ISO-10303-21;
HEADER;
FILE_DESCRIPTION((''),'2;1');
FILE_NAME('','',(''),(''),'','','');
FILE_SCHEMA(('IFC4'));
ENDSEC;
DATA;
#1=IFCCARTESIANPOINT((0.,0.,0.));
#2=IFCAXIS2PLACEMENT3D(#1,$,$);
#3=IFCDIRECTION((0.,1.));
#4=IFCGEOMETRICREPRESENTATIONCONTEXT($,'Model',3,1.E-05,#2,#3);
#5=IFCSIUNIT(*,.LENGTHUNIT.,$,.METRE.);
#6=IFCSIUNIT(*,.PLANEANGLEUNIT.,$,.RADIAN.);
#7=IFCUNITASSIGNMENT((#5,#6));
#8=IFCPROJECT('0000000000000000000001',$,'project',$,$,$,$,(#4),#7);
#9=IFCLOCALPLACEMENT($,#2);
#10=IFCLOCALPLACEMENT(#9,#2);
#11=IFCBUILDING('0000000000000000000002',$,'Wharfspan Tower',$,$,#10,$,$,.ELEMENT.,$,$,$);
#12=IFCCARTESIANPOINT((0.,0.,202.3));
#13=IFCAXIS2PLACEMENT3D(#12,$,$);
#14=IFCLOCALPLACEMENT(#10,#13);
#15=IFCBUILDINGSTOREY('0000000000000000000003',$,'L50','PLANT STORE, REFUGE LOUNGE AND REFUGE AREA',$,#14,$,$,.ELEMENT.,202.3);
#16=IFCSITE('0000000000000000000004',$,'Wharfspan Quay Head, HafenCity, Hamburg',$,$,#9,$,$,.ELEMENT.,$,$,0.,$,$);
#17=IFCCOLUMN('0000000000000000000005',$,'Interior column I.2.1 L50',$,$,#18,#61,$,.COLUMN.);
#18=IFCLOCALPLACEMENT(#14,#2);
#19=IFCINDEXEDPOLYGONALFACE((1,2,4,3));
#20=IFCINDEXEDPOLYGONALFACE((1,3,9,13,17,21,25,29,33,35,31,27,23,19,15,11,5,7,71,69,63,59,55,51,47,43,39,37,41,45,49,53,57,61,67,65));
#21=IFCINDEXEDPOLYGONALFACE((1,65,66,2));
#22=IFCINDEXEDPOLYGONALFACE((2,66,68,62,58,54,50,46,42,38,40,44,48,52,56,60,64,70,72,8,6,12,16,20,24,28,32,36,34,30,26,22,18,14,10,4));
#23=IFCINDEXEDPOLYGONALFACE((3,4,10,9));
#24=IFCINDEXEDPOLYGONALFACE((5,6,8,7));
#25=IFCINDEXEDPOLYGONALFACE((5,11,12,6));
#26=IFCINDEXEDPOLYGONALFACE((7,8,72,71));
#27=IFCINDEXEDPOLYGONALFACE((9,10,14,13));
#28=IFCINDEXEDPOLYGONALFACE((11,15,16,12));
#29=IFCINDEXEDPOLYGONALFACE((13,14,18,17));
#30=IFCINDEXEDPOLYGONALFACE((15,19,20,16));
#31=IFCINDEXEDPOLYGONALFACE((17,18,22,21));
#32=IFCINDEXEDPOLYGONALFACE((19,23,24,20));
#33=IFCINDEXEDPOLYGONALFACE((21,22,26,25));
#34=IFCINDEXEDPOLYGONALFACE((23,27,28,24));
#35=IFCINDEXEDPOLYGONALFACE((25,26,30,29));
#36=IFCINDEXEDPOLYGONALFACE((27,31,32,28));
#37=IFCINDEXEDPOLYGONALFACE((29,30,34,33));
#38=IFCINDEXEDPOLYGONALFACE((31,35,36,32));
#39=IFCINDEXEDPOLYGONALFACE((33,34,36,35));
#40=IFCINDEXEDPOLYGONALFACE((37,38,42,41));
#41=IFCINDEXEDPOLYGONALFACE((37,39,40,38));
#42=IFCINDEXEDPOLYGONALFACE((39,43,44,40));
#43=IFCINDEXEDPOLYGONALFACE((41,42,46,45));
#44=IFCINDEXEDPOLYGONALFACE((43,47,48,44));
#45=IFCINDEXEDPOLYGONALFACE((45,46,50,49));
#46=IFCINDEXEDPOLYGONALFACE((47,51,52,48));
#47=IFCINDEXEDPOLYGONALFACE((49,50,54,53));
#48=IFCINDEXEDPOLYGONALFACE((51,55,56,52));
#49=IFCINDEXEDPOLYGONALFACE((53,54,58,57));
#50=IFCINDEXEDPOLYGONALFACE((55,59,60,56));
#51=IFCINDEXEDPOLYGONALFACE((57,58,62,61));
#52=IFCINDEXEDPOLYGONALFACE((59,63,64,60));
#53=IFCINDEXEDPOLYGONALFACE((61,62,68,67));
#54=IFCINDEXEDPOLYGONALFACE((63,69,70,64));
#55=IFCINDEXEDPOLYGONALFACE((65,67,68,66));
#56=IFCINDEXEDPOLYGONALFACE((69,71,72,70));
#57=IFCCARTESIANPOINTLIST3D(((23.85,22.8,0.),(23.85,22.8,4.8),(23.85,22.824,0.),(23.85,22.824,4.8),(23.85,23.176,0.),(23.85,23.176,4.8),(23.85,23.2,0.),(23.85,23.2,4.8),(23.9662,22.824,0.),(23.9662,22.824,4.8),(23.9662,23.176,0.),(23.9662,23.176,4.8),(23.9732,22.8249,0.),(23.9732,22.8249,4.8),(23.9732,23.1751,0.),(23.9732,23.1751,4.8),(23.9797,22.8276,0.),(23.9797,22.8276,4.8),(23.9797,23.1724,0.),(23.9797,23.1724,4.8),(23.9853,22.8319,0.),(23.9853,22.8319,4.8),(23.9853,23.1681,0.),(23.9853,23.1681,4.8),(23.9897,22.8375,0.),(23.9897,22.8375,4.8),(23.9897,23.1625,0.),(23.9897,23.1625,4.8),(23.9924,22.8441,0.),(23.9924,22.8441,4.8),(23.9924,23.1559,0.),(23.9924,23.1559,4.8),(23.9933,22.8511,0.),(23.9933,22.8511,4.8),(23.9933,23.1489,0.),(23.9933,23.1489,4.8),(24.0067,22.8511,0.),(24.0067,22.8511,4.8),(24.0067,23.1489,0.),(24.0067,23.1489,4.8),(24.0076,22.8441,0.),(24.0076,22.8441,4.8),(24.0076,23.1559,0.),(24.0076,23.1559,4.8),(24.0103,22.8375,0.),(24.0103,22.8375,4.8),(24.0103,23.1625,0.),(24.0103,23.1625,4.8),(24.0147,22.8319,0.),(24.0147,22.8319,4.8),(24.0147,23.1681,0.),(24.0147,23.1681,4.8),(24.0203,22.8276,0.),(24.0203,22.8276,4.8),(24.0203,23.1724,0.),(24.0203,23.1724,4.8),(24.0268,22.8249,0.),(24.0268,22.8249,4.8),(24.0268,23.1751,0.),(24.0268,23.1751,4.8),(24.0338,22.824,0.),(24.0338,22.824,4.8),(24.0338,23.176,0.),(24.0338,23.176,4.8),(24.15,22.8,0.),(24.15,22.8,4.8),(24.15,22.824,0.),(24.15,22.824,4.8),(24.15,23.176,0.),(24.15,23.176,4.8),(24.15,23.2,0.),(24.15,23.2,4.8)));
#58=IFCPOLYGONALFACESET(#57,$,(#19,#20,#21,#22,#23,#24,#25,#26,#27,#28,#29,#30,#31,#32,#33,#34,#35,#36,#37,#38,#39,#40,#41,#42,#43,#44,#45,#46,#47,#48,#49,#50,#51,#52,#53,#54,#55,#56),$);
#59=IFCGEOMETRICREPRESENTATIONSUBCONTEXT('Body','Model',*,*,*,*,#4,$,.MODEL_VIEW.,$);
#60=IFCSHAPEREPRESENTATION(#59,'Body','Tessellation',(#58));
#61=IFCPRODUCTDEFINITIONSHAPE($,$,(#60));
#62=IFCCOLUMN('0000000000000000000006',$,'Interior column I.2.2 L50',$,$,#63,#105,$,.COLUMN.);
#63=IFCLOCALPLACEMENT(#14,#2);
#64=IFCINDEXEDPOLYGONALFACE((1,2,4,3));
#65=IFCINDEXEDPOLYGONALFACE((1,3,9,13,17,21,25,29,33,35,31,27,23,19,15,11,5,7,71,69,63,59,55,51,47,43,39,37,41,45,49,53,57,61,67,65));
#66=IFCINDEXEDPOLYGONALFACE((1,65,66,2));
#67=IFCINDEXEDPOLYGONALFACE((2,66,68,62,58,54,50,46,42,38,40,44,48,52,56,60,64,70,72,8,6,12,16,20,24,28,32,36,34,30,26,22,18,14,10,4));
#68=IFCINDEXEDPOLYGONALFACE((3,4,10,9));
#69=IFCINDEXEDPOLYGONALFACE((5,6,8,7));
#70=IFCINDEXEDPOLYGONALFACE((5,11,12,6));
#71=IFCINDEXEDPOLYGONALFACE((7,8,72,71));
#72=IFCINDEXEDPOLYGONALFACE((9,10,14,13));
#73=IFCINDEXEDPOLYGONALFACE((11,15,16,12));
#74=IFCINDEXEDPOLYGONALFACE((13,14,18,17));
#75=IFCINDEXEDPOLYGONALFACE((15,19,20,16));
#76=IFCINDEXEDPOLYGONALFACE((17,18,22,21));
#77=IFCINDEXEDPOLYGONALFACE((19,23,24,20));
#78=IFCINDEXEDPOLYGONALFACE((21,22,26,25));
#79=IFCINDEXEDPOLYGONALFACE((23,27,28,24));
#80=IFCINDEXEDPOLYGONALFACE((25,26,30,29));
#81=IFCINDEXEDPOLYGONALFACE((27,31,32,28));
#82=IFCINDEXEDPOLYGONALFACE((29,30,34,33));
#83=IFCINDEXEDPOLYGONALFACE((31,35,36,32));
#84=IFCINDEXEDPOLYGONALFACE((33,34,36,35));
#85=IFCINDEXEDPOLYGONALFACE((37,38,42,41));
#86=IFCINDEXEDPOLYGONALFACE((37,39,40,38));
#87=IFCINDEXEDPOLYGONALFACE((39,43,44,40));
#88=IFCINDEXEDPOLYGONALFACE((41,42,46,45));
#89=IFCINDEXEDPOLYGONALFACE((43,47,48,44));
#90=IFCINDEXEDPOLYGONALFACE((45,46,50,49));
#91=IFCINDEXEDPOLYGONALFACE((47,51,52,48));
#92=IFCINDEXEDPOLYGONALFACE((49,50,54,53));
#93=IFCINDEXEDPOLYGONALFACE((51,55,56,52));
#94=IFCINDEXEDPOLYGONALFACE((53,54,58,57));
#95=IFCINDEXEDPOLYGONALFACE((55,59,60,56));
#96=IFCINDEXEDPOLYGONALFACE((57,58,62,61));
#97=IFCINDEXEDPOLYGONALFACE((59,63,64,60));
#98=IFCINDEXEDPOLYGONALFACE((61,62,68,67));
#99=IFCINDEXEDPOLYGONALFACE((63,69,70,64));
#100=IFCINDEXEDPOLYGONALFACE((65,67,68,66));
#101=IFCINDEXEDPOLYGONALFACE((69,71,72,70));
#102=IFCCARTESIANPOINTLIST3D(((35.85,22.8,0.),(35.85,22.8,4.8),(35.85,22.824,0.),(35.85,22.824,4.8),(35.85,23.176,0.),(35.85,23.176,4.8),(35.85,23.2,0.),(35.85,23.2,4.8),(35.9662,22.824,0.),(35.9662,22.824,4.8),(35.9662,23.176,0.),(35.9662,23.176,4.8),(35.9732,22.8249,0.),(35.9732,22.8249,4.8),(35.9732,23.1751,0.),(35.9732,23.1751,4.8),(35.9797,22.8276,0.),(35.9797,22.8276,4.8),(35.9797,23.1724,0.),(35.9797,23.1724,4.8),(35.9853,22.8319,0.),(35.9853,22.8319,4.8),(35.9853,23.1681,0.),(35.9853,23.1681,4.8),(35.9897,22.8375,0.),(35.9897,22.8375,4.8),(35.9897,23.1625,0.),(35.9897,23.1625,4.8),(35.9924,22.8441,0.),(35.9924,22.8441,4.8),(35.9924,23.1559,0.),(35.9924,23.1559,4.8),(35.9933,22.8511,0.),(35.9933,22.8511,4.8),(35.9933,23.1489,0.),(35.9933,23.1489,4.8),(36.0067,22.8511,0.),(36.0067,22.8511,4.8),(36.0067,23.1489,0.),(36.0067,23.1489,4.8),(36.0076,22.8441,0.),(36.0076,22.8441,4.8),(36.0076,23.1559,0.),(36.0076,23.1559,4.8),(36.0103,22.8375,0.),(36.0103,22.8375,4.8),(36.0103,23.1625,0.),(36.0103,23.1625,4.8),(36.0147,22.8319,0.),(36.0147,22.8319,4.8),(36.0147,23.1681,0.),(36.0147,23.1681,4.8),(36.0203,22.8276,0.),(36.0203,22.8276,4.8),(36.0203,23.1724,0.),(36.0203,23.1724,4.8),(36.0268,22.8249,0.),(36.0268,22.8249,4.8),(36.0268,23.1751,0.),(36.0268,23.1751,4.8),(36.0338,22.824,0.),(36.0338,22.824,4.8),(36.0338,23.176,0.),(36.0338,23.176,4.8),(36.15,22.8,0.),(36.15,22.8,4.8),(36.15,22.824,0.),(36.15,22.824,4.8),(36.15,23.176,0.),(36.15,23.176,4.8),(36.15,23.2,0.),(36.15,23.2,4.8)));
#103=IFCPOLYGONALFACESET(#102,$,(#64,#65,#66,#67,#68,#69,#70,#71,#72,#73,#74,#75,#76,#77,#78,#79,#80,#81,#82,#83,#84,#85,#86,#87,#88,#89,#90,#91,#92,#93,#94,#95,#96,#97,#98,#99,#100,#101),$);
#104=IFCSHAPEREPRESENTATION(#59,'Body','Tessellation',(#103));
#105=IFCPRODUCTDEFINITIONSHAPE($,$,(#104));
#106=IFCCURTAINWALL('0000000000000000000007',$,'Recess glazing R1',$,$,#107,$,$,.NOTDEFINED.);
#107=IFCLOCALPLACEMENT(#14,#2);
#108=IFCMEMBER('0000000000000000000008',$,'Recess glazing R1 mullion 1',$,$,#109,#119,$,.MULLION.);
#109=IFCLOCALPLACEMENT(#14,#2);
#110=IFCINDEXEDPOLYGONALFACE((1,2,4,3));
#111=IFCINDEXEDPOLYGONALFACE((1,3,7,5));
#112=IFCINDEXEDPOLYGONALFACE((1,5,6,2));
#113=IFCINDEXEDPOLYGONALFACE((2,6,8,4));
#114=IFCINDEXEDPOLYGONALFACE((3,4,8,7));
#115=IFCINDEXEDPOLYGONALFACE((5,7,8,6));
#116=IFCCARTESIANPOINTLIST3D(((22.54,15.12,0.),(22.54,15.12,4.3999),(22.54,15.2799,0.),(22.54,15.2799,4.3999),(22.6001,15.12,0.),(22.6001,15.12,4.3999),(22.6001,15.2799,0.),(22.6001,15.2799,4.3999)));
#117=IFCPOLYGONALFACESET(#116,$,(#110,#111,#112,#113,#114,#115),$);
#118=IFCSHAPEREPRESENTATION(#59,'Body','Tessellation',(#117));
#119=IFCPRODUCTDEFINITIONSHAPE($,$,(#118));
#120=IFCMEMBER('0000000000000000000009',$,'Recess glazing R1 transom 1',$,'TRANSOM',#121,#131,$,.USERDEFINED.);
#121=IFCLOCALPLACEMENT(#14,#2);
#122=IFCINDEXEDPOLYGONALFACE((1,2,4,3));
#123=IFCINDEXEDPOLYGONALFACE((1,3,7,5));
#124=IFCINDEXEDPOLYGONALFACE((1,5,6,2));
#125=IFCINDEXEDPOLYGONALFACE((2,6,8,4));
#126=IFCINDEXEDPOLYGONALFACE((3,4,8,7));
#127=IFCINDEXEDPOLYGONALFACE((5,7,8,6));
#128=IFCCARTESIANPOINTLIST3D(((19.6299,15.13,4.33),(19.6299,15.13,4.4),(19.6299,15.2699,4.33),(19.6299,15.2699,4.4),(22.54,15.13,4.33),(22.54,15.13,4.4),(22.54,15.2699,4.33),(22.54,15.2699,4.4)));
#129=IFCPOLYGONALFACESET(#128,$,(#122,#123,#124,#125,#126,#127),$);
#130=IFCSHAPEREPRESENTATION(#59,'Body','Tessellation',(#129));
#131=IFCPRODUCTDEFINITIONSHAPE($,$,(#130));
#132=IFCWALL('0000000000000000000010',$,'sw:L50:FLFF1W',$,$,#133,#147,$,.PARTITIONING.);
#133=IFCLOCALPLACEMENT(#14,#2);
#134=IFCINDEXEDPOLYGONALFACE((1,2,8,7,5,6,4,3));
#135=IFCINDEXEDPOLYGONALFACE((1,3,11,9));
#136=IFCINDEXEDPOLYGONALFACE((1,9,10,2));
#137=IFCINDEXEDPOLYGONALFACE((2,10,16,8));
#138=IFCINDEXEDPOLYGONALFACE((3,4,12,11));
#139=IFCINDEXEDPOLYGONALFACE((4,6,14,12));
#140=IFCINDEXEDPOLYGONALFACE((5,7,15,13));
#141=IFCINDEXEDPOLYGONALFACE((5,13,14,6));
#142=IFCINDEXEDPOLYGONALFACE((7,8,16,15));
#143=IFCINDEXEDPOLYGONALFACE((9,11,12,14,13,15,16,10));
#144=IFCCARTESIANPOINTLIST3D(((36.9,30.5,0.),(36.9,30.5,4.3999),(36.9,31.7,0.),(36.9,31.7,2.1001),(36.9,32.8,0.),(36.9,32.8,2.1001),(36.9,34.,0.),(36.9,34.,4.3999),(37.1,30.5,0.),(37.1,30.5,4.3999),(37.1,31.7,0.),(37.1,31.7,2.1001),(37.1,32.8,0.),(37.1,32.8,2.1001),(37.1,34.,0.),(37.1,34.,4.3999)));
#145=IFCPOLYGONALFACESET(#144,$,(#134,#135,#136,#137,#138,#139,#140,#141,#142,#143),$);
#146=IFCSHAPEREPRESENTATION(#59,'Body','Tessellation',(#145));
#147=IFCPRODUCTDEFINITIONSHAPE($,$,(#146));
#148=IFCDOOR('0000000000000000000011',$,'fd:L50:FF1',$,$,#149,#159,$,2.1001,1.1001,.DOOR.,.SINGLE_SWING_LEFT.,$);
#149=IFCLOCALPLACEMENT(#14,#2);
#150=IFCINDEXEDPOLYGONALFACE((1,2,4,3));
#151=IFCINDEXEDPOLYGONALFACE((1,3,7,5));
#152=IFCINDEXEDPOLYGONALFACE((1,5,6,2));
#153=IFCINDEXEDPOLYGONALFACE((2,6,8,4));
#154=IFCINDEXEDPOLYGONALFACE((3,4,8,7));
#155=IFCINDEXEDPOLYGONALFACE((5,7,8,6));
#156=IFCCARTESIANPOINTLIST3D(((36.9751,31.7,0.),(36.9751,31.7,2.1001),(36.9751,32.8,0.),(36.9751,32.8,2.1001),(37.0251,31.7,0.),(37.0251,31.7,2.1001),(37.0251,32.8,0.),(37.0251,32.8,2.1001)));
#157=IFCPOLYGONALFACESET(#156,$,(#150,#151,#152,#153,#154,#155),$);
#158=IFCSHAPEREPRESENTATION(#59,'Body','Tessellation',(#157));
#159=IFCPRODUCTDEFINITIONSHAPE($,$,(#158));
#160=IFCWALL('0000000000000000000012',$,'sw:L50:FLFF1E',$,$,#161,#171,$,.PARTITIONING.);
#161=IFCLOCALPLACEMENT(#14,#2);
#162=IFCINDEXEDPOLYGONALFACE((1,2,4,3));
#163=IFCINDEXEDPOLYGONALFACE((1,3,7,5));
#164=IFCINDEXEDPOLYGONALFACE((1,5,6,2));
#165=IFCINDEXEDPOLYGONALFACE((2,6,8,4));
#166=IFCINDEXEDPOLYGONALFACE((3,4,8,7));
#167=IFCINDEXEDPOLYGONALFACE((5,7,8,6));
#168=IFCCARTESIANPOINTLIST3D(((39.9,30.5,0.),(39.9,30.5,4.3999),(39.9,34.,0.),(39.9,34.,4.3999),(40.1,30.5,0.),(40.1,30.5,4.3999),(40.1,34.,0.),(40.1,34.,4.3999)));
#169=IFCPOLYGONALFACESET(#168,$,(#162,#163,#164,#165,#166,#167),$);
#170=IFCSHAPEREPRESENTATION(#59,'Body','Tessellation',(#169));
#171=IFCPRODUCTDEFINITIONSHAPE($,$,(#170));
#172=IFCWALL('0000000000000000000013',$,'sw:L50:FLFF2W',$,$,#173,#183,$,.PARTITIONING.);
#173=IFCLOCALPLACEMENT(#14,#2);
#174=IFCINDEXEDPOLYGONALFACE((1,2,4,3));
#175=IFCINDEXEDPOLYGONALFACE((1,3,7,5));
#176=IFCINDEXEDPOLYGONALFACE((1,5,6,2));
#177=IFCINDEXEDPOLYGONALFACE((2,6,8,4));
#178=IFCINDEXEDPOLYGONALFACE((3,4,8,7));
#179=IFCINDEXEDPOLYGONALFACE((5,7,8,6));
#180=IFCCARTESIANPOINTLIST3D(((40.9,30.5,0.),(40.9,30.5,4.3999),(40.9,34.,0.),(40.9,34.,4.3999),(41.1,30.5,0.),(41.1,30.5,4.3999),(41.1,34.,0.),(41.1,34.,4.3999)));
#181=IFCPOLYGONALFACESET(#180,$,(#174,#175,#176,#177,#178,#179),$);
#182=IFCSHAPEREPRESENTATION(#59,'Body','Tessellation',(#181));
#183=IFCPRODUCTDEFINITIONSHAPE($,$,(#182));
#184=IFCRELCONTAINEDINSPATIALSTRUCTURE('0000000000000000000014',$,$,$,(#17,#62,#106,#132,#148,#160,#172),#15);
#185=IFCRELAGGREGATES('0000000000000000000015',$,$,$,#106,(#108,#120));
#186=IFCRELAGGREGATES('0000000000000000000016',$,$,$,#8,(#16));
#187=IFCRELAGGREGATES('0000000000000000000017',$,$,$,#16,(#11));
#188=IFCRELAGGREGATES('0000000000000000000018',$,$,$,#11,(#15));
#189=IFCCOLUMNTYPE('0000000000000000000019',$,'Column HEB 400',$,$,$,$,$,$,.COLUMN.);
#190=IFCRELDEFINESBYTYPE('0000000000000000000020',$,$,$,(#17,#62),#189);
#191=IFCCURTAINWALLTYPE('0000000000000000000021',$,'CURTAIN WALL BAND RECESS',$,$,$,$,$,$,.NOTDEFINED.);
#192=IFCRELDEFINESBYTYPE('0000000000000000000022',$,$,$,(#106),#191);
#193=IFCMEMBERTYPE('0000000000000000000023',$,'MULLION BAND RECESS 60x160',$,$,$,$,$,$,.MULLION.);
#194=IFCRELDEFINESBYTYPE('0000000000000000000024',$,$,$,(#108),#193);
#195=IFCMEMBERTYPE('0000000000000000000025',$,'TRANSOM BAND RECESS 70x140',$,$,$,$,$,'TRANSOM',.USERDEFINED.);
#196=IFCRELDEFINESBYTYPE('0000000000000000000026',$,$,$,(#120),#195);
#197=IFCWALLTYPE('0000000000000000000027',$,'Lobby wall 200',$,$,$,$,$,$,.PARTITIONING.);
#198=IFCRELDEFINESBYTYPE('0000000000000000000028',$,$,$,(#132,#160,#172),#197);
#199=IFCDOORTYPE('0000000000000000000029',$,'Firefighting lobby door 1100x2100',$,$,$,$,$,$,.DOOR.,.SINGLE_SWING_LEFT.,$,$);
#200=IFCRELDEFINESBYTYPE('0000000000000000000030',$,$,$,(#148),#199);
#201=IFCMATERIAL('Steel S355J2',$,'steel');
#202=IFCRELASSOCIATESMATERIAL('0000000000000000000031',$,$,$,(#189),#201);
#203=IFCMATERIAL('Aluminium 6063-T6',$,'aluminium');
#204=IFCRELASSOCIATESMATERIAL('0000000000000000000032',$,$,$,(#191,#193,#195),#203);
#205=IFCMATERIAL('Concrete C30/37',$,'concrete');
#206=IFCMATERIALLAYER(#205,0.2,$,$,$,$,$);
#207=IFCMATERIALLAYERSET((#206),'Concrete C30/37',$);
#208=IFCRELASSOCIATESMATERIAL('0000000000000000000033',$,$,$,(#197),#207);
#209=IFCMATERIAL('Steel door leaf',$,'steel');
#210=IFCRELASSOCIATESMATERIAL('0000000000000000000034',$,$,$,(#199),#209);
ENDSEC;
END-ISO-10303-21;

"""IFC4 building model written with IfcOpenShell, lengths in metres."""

from ifc_helpers import new_model, si_unit, direction, frame, frame_2d, origin, origin_2d, place, context, subcontext, project, spatial, rectangle, i_section, extrude, material, layer, layer_set, material_profile, profile_set, type_object, element, fill, aggregate, save


model = new_model("IFC4")

# Units and contexts
model_context = context("Model", 3, precision=1e-05, world=origin(), true_north=direction((0.0, 1.0)))
body_context = subcontext(model_context, "Body", "Model", "MODEL_VIEW")
ifc_project = project(units=[si_unit("LENGTHUNIT", "METRE"), si_unit("PLANEANGLEUNIT", "RADIAN")], contexts=[model_context])

# Site, building, storey
site_placement = place(None, origin())
site = spatial("IfcSite", under=ifc_project, at=site_placement, Name="Wharfspan Quay Head, HafenCity, Hamburg", CompositionType="ELEMENT", RefElevation=0.0)
building_placement = place(site_placement, origin())
building = spatial("IfcBuilding", under=site, at=building_placement, Name="Wharfspan Tower", CompositionType="ELEMENT")
storey_placement = place(building_placement, frame((0.0, 0.0, 202.3)))
storey = spatial("IfcBuildingStorey", under=building, at=storey_placement, Name="L50", Description="PLANT STORE, REFUGE LOUNGE AND REFUGE AREA", CompositionType="ELEMENT", Elevation=202.3)

# Columns
ifc_material_1 = material(Name="Steel S355J2", Category="steel")
ifc_material_profile_1 = material_profile(ifc_material_1, i_section(OverallWidth=0.3, OverallDepth=0.3999, WebThickness=0.0134, FlangeThickness=0.0239, FilletRadius=0.0271, at=origin_2d()))
ifc_profile_set_1 = profile_set([ifc_material_profile_1], Name="Steel S355J2")
column_type = type_object("IfcColumnType", Name="Column HEB 400", PredefinedType="COLUMN", material=ifc_profile_set_1)
for number, where, z_axis, x_axis, name in (
    (1, (24.0, 23.0, 0.0), (0.0, 0.0, 1.0), (1.0, 0.0, 0.0), "Interior column I.2.1 L50"),
    (2, (36.0, 23.0, 0.0), (0.0, 0.0, 1.0), (1.0, 0.0, 0.0), "Interior column I.2.2 L50"),
):
    element("IfcColumn", number, at=place(storey_placement, frame(where, z_axis=z_axis, x_axis=x_axis)), inside=storey, type_object=column_type, Name=name, PredefinedType="COLUMN", context=body_context, shape_type="SweptSolid", body=[
        extrude(i_section(OverallWidth=0.3, OverallDepth=0.3999, WebThickness=0.0134, FlangeThickness=0.0239, FilletRadius=0.0271, at=origin_2d()), origin(), (0.0, 0.0, 1.0), 4.8),
    ])

# Curtain wall, members
ifc_material_2 = material(Name="Aluminium 6063-T6", Category="aluminium")
curtain_wall_type = type_object("IfcCurtainWallType", Name="CURTAIN WALL BAND RECESS", PredefinedType="NOTDEFINED", material=ifc_material_2)
curtain_wall_placement = place(storey_placement, origin())
curtain_wall = element("IfcCurtainWall", 3, at=curtain_wall_placement, inside=storey, type_object=curtain_wall_type, Name="Recess glazing R1", PredefinedType="NOTDEFINED")
ifc_material_profile_2 = material_profile(ifc_material_2, rectangle(XDim=0.1599, YDim=0.0601, at=origin_2d()))
ifc_profile_set_2 = profile_set([ifc_material_profile_2], Name="Aluminium 6063-T6")
member_type_1 = type_object("IfcMemberType", Name="MULLION BAND RECESS 60x160", PredefinedType="MULLION", material=ifc_profile_set_2)
member_1_placement = place(storey_placement, frame((22.5701, 15.2, 0.0), z_axis=(0.0, 0.0, 1.0), x_axis=(0.0, -1.0, 0.0)))
member_1 = element("IfcMember", 4, at=member_1_placement, type_object=member_type_1, Name="Recess glazing R1 mullion 1", PredefinedType="MULLION", context=body_context, shape_type="SweptSolid", body=[
    extrude(rectangle(XDim=0.1599, YDim=0.0601, at=origin_2d()), origin(), (0.0, 0.0, 1.0), 4.3999),
])
ifc_material_profile_3 = material_profile(ifc_material_2, rectangle(XDim=0.1399, YDim=0.0701, at=origin_2d()))
ifc_profile_set_3 = profile_set([ifc_material_profile_3], Name="Aluminium 6063-T6")
member_type_2 = type_object("IfcMemberType", Name="TRANSOM BAND RECESS 70x140", ElementType="TRANSOM", PredefinedType="USERDEFINED", material=ifc_profile_set_3)
member_2_placement = place(storey_placement, frame((22.54, 15.2, 4.365), z_axis=(-1.0, 0.0, 0.0), x_axis=(0.0, -1.0, 0.0)))
member_2 = element("IfcMember", 5, at=member_2_placement, type_object=member_type_2, Name="Recess glazing R1 transom 1", ObjectType="TRANSOM", PredefinedType="USERDEFINED", context=body_context, shape_type="SweptSolid", body=[
    extrude(rectangle(XDim=0.1399, YDim=0.0701, at=origin_2d()), origin(), (0.0, 0.0, 1.0), 2.9102),
])
aggregate(curtain_wall, [member_1, member_2])

# Wall, opening, door
ifc_material_3 = material(Name="Concrete C30/37", Category="concrete")
ifc_layer_1 = layer(ifc_material_3, 0.2)
ifc_layer_set_1 = layer_set([ifc_layer_1], Name="Concrete C30/37")
wall_type_1 = type_object("IfcWallType", Name="Lobby wall 200", PredefinedType="PARTITIONING", material=ifc_layer_set_1)
wall_1_placement = place(storey_placement, frame((37.0, 30.5, 0.0), z_axis=(0.0, 0.0, 1.0), x_axis=(0.0, 1.0, 0.0)))
wall_1 = element("IfcWall", 6, at=wall_1_placement, inside=storey, type_object=wall_type_1, Name="sw:L50:FLFF1W", PredefinedType="PARTITIONING", context=body_context, shape_type="SweptSolid", body=[
    extrude(rectangle(XDim=3.5, YDim=0.2, at=frame_2d((1.75, 0.0))), origin(), (0.0, 0.0, 1.0), 4.3999),
])
opening_1_placement = place(wall_1_placement, frame((1.2, 0.0, 0.0)))
opening_1 = element("IfcOpeningElement", 7, at=opening_1_placement, cuts=wall_1, PredefinedType="OPENING", context=body_context, shape_type="SweptSolid", body=[
    extrude(rectangle(XDim=1.1001, YDim=2.1001, at=frame_2d((0.55, 1.05))), frame((0.0, 0.1099, 0.0), z_axis=(0.0, -1.0, 0.0), x_axis=(1.0, 0.0, 0.0)), (0.0, 0.0, 1.0), 0.22),
])
ifc_material_4 = material(Name="Steel door leaf", Category="steel")
door_type_1 = type_object("IfcDoorType", Name="Firefighting lobby door 1100x2100", OperationType="SINGLE_SWING_LEFT", PredefinedType="DOOR", material=ifc_material_4)
door_1_placement = place(opening_1_placement, origin())
door_1 = element("IfcDoor", 8, at=door_1_placement, inside=storey, type_object=door_type_1, Name="fd:L50:FF1", OperationType="SINGLE_SWING_LEFT", OverallHeight=2.1001, OverallWidth=1.1001, PredefinedType="DOOR", context=body_context, shape_type="SweptSolid", body=[
    extrude(rectangle(XDim=1.1001, YDim=2.1001, at=frame_2d((0.55, 1.05))), frame((0.0, 0.0249, 0.0), z_axis=(0.0, -1.0, 0.0), x_axis=(1.0, 0.0, 0.0)), (0.0, 0.0, 1.0), 0.05),
])
fill(opening_1, door_1)

# Walls
for number, where, z_axis, x_axis, name in (
    (9, (40.0, 30.5, 0.0), (0.0, 0.0, 1.0), (0.0, 1.0, 0.0), "sw:L50:FLFF1E"),
    (10, (41.0, 30.5, 0.0), (0.0, 0.0, 1.0), (0.0, 1.0, 0.0), "sw:L50:FLFF2W"),
):
    element("IfcWall", number, at=place(storey_placement, frame(where, z_axis=z_axis, x_axis=x_axis)), inside=storey, type_object=wall_type_1, Name=name, PredefinedType="PARTITIONING", context=body_context, shape_type="SweptSolid", body=[
        extrude(rectangle(XDim=3.5, YDim=0.2, at=frame_2d((1.75, 0.0))), origin(), (0.0, 0.0, 1.0), 4.3999),
    ])

save(model, "model.ifc")
